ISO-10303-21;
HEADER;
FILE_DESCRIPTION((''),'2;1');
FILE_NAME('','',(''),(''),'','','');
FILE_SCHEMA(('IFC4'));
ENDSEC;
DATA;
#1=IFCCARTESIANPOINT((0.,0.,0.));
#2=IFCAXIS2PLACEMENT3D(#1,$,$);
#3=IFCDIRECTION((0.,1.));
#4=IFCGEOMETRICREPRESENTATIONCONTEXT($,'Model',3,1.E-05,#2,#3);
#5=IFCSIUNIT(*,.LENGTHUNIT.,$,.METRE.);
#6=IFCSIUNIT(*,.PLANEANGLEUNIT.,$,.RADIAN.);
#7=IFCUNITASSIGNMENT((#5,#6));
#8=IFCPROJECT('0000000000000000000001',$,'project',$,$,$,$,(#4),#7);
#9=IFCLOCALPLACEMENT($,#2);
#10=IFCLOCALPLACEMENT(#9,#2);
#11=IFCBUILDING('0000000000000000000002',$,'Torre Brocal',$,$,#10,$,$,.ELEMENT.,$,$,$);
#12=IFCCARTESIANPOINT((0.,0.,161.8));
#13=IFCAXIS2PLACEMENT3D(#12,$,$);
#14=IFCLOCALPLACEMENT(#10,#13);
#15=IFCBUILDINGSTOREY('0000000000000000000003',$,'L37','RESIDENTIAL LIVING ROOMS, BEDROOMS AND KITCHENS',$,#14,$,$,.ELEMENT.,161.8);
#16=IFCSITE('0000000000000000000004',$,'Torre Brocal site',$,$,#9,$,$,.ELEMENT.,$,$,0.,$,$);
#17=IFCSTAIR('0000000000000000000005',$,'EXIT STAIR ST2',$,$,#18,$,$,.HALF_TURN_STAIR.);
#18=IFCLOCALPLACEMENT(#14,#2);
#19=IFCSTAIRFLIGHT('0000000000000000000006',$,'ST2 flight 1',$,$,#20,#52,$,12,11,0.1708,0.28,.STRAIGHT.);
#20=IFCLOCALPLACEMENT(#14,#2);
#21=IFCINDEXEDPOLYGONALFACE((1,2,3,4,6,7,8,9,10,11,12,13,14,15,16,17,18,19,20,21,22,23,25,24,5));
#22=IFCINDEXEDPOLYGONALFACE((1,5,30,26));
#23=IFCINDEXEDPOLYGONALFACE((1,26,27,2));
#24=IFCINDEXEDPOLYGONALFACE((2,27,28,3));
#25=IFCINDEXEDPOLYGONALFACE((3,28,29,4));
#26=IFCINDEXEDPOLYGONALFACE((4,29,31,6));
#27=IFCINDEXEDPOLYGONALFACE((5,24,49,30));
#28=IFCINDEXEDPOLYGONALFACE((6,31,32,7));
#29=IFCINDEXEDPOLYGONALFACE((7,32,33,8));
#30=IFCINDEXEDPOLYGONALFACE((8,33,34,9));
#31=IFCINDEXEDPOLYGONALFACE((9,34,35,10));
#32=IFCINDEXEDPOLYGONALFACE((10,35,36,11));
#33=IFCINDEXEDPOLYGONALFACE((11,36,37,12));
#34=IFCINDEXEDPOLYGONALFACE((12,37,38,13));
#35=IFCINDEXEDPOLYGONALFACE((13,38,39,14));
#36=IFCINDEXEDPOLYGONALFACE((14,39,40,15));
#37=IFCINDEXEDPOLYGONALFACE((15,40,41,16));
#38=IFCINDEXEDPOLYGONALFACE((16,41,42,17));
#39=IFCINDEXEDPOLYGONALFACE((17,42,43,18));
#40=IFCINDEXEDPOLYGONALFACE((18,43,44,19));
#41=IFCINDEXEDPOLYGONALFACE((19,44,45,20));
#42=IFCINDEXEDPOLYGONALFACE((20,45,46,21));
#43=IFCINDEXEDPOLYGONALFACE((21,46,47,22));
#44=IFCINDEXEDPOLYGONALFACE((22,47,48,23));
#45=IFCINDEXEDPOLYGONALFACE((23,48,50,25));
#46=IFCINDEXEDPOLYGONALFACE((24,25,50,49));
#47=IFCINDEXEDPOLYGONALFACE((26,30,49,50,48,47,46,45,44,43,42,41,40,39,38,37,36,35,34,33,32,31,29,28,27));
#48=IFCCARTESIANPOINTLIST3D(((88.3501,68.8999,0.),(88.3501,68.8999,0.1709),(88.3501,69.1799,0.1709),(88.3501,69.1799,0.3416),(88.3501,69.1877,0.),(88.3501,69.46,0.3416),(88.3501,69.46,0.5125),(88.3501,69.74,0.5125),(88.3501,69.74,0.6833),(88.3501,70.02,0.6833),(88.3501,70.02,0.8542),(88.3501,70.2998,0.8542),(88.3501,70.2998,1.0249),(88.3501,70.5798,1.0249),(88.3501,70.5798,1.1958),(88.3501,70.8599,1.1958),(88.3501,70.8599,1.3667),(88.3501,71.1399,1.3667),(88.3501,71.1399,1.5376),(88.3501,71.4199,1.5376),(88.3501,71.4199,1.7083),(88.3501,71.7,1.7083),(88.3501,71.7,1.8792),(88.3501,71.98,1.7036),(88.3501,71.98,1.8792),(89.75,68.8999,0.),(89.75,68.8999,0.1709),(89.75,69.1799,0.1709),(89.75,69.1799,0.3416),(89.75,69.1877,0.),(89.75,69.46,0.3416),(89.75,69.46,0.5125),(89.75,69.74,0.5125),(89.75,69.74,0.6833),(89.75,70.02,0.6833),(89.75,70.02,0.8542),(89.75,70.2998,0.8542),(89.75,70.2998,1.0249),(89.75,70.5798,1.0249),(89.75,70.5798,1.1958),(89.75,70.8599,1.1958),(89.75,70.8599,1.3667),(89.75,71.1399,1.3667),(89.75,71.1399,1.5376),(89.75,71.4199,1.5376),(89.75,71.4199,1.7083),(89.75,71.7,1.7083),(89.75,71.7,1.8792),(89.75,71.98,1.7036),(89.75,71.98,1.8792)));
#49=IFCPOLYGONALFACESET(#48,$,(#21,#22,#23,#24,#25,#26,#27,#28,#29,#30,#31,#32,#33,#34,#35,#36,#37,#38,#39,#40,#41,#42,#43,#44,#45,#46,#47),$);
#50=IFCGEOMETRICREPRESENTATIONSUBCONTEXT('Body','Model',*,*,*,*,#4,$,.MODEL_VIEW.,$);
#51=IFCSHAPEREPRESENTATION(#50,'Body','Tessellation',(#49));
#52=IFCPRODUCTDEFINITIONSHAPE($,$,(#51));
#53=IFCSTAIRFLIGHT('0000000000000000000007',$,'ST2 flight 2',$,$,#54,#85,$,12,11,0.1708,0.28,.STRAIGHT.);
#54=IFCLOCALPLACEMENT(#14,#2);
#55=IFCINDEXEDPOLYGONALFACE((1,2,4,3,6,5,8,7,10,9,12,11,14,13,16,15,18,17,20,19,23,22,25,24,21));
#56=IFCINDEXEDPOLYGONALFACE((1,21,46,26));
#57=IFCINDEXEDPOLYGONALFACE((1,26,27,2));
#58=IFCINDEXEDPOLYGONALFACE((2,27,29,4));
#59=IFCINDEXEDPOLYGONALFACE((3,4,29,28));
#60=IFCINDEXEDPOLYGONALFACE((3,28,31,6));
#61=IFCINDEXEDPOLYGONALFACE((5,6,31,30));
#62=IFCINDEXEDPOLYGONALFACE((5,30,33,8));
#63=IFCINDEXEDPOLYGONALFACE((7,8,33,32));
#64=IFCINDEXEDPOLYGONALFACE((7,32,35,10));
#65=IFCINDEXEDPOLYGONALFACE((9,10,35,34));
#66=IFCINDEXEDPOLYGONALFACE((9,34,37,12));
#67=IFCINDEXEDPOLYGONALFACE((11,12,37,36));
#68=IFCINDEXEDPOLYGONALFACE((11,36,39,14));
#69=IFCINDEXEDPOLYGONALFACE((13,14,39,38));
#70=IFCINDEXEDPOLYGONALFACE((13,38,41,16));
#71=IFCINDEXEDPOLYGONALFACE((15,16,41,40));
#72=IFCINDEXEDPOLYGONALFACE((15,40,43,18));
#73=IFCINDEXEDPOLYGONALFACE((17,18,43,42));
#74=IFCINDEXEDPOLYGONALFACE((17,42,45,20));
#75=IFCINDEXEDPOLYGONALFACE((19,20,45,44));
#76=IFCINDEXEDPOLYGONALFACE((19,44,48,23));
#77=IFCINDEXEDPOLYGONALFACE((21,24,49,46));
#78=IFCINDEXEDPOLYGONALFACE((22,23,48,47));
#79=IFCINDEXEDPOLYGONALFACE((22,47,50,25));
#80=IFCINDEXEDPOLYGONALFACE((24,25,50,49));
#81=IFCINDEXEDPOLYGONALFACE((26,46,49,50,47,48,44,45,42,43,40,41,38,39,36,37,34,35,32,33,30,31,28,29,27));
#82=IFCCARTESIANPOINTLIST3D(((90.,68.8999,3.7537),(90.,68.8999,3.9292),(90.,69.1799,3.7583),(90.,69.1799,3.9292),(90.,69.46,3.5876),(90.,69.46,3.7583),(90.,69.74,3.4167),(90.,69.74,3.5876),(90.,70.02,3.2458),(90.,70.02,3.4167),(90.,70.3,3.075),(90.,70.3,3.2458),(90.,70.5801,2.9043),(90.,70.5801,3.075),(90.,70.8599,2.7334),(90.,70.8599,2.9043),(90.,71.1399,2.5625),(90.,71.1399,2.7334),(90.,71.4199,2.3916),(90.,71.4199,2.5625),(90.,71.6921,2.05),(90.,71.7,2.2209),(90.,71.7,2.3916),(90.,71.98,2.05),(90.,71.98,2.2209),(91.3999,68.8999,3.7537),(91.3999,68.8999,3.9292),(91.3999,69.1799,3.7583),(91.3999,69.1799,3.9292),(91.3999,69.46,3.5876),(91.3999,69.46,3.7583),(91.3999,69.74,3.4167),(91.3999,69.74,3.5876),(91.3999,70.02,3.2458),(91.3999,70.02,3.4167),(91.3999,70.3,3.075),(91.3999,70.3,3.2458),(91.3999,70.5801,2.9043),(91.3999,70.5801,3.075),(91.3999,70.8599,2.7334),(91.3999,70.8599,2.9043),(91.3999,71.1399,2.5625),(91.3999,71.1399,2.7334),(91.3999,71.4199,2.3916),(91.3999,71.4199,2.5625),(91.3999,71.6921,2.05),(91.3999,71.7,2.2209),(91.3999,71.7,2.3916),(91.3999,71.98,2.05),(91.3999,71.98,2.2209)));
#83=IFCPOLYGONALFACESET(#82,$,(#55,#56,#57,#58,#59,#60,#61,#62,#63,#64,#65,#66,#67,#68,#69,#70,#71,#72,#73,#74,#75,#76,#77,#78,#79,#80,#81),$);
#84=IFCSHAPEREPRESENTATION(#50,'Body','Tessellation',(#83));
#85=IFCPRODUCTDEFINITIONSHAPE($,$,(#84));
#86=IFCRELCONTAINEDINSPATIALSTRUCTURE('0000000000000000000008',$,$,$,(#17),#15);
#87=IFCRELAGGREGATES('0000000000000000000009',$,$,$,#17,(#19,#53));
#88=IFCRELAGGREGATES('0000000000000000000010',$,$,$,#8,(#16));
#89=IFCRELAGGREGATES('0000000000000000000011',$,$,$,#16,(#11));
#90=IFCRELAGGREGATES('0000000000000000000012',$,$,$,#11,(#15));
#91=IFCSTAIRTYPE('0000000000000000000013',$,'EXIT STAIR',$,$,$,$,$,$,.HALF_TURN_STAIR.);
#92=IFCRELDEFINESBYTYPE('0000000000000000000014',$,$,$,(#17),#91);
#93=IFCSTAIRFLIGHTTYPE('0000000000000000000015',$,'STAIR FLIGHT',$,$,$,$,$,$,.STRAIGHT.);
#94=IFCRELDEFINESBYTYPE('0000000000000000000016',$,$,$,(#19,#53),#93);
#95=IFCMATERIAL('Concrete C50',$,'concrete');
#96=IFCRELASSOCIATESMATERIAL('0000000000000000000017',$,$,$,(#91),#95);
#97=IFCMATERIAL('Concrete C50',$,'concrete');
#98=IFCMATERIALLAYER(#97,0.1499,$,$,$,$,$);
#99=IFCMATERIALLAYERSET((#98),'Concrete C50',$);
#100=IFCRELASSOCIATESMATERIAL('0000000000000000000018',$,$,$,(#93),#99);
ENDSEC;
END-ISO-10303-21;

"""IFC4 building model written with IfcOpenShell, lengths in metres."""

from ifc_helpers import new_model, si_unit, direction, frame, origin, place, context, subcontext, project, spatial, polyline, outline, extrude, material, layer, layer_set, type_object, element, aggregate, save


model = new_model("IFC4")

# Units and contexts
model_context = context("Model", 3, precision=1e-05, world=origin(), true_north=direction((0.0, 1.0)))
body_context = subcontext(model_context, "Body", "Model", "MODEL_VIEW")
ifc_project = project(units=[si_unit("LENGTHUNIT", "METRE"), si_unit("PLANEANGLEUNIT", "RADIAN")], contexts=[model_context])

# Site, building, storey
site_placement = place(None, origin())
site = spatial("IfcSite", under=ifc_project, at=site_placement, Name="Torre Brocal site", CompositionType="ELEMENT", RefElevation=0.0)
building_placement = place(site_placement, origin())
building = spatial("IfcBuilding", under=site, at=building_placement, Name="Torre Brocal", CompositionType="ELEMENT")
storey_placement = place(building_placement, frame((0.0, 0.0, 161.8)))
storey = spatial("IfcBuildingStorey", under=building, at=storey_placement, Name="L37", Description="RESIDENTIAL LIVING ROOMS, BEDROOMS AND KITCHENS", CompositionType="ELEMENT", Elevation=161.8)

# Stair, stair flights
ifc_material_1 = material(Name="Concrete C50", Category="concrete")
stair_type = type_object("IfcStairType", Name="EXIT STAIR", PredefinedType="HALF_TURN_STAIR", material=ifc_material_1)
stair_placement = place(storey_placement, origin())
stair = element("IfcStair", 1, at=stair_placement, inside=storey, type_object=stair_type, Name="EXIT STAIR ST2", PredefinedType="HALF_TURN_STAIR")
ifc_material_2 = material(Name="Concrete C50", Category="concrete")
ifc_layer_1 = layer(ifc_material_2, 0.1499)
ifc_layer_set_1 = layer_set([ifc_layer_1], Name="Concrete C50")
stair_flight_type = type_object("IfcStairFlightType", Name="STAIR FLIGHT", PredefinedType="STRAIGHT", material=ifc_layer_set_1)
stair_flight_1_placement = place(storey_placement, frame((89.05, 68.8999, 0.0), z_axis=(0.0, 0.0, 1.0), x_axis=(0.0, 1.0, 0.0)))
stair_flight_1 = element("IfcStairFlight", 2, at=stair_flight_1_placement, type_object=stair_flight_type, Name="ST2 flight 1", NumberOfRisers=12, NumberOfTreads=11, PredefinedType="STRAIGHT", RiserHeight=0.1708, TreadLength=0.28, context=body_context, shape_type="SweptSolid", body=[
    extrude(outline(polyline([(0.0, 0.0), (0.0, 0.1709), (0.28, 0.1709), (0.28, 0.3416), (0.5601, 0.3416), (0.5601, 0.5125), (0.8401, 0.5125), (0.8401, 0.6833), (1.1201, 0.6833), (1.1201, 0.8542), (1.3999, 0.8542), (1.3999, 1.0249), (1.6799, 1.0249), (1.6799, 1.1958), (1.96, 1.1958), (1.96, 1.3667), (2.24, 1.3667), (2.24, 1.5376), (2.52, 1.5376), (2.52, 1.7083), (2.8, 1.7083), (2.8, 1.8792), (3.0801, 1.8792), (3.0801, 2.05), (3.0801, 1.7036), (0.2878, 0.0), (0.0, 0.0)])), frame((0.0, 0.7, 0.0), z_axis=(0.0, -1.0, 0.0), x_axis=(1.0, 0.0, 0.0)), (0.0, 0.0, 1.0), 1.3999),
])
stair_flight_2_placement = place(storey_placement, frame((90.7, 71.98, 2.05), z_axis=(0.0, 0.0, 1.0), x_axis=(0.0, -1.0, 0.0)))
stair_flight_2 = element("IfcStairFlight", 3, at=stair_flight_2_placement, type_object=stair_flight_type, Name="ST2 flight 2", NumberOfRisers=12, NumberOfTreads=11, PredefinedType="STRAIGHT", RiserHeight=0.1708, TreadLength=0.28, context=body_context, shape_type="SweptSolid", body=[
    extrude(outline(polyline([(0.0, 0.0), (0.0, 0.1709), (0.28, 0.1709), (0.28, 0.3416), (0.5601, 0.3416), (0.5601, 0.5125), (0.8401, 0.5125), (0.8401, 0.6833), (1.1201, 0.6833), (1.1201, 0.8542), (1.3999, 0.8542), (1.3999, 1.0249), (1.6799, 1.0249), (1.6799, 1.1958), (1.96, 1.1958), (1.96, 1.3667), (2.24, 1.3667), (2.24, 1.5376), (2.52, 1.5376), (2.52, 1.7083), (2.8, 1.7083), (2.8, 1.8792), (3.0801, 1.8792), (3.0801, 2.05), (3.0801, 1.7036), (0.2878, 0.0), (0.0, 0.0)])), frame((0.0, 0.7, 0.0), z_axis=(0.0, -1.0, 0.0), x_axis=(1.0, 0.0, 0.0)), (0.0, 0.0, 1.0), 1.3999),
])
aggregate(stair, [stair_flight_1, stair_flight_2])

save(model, "model.ifc")
